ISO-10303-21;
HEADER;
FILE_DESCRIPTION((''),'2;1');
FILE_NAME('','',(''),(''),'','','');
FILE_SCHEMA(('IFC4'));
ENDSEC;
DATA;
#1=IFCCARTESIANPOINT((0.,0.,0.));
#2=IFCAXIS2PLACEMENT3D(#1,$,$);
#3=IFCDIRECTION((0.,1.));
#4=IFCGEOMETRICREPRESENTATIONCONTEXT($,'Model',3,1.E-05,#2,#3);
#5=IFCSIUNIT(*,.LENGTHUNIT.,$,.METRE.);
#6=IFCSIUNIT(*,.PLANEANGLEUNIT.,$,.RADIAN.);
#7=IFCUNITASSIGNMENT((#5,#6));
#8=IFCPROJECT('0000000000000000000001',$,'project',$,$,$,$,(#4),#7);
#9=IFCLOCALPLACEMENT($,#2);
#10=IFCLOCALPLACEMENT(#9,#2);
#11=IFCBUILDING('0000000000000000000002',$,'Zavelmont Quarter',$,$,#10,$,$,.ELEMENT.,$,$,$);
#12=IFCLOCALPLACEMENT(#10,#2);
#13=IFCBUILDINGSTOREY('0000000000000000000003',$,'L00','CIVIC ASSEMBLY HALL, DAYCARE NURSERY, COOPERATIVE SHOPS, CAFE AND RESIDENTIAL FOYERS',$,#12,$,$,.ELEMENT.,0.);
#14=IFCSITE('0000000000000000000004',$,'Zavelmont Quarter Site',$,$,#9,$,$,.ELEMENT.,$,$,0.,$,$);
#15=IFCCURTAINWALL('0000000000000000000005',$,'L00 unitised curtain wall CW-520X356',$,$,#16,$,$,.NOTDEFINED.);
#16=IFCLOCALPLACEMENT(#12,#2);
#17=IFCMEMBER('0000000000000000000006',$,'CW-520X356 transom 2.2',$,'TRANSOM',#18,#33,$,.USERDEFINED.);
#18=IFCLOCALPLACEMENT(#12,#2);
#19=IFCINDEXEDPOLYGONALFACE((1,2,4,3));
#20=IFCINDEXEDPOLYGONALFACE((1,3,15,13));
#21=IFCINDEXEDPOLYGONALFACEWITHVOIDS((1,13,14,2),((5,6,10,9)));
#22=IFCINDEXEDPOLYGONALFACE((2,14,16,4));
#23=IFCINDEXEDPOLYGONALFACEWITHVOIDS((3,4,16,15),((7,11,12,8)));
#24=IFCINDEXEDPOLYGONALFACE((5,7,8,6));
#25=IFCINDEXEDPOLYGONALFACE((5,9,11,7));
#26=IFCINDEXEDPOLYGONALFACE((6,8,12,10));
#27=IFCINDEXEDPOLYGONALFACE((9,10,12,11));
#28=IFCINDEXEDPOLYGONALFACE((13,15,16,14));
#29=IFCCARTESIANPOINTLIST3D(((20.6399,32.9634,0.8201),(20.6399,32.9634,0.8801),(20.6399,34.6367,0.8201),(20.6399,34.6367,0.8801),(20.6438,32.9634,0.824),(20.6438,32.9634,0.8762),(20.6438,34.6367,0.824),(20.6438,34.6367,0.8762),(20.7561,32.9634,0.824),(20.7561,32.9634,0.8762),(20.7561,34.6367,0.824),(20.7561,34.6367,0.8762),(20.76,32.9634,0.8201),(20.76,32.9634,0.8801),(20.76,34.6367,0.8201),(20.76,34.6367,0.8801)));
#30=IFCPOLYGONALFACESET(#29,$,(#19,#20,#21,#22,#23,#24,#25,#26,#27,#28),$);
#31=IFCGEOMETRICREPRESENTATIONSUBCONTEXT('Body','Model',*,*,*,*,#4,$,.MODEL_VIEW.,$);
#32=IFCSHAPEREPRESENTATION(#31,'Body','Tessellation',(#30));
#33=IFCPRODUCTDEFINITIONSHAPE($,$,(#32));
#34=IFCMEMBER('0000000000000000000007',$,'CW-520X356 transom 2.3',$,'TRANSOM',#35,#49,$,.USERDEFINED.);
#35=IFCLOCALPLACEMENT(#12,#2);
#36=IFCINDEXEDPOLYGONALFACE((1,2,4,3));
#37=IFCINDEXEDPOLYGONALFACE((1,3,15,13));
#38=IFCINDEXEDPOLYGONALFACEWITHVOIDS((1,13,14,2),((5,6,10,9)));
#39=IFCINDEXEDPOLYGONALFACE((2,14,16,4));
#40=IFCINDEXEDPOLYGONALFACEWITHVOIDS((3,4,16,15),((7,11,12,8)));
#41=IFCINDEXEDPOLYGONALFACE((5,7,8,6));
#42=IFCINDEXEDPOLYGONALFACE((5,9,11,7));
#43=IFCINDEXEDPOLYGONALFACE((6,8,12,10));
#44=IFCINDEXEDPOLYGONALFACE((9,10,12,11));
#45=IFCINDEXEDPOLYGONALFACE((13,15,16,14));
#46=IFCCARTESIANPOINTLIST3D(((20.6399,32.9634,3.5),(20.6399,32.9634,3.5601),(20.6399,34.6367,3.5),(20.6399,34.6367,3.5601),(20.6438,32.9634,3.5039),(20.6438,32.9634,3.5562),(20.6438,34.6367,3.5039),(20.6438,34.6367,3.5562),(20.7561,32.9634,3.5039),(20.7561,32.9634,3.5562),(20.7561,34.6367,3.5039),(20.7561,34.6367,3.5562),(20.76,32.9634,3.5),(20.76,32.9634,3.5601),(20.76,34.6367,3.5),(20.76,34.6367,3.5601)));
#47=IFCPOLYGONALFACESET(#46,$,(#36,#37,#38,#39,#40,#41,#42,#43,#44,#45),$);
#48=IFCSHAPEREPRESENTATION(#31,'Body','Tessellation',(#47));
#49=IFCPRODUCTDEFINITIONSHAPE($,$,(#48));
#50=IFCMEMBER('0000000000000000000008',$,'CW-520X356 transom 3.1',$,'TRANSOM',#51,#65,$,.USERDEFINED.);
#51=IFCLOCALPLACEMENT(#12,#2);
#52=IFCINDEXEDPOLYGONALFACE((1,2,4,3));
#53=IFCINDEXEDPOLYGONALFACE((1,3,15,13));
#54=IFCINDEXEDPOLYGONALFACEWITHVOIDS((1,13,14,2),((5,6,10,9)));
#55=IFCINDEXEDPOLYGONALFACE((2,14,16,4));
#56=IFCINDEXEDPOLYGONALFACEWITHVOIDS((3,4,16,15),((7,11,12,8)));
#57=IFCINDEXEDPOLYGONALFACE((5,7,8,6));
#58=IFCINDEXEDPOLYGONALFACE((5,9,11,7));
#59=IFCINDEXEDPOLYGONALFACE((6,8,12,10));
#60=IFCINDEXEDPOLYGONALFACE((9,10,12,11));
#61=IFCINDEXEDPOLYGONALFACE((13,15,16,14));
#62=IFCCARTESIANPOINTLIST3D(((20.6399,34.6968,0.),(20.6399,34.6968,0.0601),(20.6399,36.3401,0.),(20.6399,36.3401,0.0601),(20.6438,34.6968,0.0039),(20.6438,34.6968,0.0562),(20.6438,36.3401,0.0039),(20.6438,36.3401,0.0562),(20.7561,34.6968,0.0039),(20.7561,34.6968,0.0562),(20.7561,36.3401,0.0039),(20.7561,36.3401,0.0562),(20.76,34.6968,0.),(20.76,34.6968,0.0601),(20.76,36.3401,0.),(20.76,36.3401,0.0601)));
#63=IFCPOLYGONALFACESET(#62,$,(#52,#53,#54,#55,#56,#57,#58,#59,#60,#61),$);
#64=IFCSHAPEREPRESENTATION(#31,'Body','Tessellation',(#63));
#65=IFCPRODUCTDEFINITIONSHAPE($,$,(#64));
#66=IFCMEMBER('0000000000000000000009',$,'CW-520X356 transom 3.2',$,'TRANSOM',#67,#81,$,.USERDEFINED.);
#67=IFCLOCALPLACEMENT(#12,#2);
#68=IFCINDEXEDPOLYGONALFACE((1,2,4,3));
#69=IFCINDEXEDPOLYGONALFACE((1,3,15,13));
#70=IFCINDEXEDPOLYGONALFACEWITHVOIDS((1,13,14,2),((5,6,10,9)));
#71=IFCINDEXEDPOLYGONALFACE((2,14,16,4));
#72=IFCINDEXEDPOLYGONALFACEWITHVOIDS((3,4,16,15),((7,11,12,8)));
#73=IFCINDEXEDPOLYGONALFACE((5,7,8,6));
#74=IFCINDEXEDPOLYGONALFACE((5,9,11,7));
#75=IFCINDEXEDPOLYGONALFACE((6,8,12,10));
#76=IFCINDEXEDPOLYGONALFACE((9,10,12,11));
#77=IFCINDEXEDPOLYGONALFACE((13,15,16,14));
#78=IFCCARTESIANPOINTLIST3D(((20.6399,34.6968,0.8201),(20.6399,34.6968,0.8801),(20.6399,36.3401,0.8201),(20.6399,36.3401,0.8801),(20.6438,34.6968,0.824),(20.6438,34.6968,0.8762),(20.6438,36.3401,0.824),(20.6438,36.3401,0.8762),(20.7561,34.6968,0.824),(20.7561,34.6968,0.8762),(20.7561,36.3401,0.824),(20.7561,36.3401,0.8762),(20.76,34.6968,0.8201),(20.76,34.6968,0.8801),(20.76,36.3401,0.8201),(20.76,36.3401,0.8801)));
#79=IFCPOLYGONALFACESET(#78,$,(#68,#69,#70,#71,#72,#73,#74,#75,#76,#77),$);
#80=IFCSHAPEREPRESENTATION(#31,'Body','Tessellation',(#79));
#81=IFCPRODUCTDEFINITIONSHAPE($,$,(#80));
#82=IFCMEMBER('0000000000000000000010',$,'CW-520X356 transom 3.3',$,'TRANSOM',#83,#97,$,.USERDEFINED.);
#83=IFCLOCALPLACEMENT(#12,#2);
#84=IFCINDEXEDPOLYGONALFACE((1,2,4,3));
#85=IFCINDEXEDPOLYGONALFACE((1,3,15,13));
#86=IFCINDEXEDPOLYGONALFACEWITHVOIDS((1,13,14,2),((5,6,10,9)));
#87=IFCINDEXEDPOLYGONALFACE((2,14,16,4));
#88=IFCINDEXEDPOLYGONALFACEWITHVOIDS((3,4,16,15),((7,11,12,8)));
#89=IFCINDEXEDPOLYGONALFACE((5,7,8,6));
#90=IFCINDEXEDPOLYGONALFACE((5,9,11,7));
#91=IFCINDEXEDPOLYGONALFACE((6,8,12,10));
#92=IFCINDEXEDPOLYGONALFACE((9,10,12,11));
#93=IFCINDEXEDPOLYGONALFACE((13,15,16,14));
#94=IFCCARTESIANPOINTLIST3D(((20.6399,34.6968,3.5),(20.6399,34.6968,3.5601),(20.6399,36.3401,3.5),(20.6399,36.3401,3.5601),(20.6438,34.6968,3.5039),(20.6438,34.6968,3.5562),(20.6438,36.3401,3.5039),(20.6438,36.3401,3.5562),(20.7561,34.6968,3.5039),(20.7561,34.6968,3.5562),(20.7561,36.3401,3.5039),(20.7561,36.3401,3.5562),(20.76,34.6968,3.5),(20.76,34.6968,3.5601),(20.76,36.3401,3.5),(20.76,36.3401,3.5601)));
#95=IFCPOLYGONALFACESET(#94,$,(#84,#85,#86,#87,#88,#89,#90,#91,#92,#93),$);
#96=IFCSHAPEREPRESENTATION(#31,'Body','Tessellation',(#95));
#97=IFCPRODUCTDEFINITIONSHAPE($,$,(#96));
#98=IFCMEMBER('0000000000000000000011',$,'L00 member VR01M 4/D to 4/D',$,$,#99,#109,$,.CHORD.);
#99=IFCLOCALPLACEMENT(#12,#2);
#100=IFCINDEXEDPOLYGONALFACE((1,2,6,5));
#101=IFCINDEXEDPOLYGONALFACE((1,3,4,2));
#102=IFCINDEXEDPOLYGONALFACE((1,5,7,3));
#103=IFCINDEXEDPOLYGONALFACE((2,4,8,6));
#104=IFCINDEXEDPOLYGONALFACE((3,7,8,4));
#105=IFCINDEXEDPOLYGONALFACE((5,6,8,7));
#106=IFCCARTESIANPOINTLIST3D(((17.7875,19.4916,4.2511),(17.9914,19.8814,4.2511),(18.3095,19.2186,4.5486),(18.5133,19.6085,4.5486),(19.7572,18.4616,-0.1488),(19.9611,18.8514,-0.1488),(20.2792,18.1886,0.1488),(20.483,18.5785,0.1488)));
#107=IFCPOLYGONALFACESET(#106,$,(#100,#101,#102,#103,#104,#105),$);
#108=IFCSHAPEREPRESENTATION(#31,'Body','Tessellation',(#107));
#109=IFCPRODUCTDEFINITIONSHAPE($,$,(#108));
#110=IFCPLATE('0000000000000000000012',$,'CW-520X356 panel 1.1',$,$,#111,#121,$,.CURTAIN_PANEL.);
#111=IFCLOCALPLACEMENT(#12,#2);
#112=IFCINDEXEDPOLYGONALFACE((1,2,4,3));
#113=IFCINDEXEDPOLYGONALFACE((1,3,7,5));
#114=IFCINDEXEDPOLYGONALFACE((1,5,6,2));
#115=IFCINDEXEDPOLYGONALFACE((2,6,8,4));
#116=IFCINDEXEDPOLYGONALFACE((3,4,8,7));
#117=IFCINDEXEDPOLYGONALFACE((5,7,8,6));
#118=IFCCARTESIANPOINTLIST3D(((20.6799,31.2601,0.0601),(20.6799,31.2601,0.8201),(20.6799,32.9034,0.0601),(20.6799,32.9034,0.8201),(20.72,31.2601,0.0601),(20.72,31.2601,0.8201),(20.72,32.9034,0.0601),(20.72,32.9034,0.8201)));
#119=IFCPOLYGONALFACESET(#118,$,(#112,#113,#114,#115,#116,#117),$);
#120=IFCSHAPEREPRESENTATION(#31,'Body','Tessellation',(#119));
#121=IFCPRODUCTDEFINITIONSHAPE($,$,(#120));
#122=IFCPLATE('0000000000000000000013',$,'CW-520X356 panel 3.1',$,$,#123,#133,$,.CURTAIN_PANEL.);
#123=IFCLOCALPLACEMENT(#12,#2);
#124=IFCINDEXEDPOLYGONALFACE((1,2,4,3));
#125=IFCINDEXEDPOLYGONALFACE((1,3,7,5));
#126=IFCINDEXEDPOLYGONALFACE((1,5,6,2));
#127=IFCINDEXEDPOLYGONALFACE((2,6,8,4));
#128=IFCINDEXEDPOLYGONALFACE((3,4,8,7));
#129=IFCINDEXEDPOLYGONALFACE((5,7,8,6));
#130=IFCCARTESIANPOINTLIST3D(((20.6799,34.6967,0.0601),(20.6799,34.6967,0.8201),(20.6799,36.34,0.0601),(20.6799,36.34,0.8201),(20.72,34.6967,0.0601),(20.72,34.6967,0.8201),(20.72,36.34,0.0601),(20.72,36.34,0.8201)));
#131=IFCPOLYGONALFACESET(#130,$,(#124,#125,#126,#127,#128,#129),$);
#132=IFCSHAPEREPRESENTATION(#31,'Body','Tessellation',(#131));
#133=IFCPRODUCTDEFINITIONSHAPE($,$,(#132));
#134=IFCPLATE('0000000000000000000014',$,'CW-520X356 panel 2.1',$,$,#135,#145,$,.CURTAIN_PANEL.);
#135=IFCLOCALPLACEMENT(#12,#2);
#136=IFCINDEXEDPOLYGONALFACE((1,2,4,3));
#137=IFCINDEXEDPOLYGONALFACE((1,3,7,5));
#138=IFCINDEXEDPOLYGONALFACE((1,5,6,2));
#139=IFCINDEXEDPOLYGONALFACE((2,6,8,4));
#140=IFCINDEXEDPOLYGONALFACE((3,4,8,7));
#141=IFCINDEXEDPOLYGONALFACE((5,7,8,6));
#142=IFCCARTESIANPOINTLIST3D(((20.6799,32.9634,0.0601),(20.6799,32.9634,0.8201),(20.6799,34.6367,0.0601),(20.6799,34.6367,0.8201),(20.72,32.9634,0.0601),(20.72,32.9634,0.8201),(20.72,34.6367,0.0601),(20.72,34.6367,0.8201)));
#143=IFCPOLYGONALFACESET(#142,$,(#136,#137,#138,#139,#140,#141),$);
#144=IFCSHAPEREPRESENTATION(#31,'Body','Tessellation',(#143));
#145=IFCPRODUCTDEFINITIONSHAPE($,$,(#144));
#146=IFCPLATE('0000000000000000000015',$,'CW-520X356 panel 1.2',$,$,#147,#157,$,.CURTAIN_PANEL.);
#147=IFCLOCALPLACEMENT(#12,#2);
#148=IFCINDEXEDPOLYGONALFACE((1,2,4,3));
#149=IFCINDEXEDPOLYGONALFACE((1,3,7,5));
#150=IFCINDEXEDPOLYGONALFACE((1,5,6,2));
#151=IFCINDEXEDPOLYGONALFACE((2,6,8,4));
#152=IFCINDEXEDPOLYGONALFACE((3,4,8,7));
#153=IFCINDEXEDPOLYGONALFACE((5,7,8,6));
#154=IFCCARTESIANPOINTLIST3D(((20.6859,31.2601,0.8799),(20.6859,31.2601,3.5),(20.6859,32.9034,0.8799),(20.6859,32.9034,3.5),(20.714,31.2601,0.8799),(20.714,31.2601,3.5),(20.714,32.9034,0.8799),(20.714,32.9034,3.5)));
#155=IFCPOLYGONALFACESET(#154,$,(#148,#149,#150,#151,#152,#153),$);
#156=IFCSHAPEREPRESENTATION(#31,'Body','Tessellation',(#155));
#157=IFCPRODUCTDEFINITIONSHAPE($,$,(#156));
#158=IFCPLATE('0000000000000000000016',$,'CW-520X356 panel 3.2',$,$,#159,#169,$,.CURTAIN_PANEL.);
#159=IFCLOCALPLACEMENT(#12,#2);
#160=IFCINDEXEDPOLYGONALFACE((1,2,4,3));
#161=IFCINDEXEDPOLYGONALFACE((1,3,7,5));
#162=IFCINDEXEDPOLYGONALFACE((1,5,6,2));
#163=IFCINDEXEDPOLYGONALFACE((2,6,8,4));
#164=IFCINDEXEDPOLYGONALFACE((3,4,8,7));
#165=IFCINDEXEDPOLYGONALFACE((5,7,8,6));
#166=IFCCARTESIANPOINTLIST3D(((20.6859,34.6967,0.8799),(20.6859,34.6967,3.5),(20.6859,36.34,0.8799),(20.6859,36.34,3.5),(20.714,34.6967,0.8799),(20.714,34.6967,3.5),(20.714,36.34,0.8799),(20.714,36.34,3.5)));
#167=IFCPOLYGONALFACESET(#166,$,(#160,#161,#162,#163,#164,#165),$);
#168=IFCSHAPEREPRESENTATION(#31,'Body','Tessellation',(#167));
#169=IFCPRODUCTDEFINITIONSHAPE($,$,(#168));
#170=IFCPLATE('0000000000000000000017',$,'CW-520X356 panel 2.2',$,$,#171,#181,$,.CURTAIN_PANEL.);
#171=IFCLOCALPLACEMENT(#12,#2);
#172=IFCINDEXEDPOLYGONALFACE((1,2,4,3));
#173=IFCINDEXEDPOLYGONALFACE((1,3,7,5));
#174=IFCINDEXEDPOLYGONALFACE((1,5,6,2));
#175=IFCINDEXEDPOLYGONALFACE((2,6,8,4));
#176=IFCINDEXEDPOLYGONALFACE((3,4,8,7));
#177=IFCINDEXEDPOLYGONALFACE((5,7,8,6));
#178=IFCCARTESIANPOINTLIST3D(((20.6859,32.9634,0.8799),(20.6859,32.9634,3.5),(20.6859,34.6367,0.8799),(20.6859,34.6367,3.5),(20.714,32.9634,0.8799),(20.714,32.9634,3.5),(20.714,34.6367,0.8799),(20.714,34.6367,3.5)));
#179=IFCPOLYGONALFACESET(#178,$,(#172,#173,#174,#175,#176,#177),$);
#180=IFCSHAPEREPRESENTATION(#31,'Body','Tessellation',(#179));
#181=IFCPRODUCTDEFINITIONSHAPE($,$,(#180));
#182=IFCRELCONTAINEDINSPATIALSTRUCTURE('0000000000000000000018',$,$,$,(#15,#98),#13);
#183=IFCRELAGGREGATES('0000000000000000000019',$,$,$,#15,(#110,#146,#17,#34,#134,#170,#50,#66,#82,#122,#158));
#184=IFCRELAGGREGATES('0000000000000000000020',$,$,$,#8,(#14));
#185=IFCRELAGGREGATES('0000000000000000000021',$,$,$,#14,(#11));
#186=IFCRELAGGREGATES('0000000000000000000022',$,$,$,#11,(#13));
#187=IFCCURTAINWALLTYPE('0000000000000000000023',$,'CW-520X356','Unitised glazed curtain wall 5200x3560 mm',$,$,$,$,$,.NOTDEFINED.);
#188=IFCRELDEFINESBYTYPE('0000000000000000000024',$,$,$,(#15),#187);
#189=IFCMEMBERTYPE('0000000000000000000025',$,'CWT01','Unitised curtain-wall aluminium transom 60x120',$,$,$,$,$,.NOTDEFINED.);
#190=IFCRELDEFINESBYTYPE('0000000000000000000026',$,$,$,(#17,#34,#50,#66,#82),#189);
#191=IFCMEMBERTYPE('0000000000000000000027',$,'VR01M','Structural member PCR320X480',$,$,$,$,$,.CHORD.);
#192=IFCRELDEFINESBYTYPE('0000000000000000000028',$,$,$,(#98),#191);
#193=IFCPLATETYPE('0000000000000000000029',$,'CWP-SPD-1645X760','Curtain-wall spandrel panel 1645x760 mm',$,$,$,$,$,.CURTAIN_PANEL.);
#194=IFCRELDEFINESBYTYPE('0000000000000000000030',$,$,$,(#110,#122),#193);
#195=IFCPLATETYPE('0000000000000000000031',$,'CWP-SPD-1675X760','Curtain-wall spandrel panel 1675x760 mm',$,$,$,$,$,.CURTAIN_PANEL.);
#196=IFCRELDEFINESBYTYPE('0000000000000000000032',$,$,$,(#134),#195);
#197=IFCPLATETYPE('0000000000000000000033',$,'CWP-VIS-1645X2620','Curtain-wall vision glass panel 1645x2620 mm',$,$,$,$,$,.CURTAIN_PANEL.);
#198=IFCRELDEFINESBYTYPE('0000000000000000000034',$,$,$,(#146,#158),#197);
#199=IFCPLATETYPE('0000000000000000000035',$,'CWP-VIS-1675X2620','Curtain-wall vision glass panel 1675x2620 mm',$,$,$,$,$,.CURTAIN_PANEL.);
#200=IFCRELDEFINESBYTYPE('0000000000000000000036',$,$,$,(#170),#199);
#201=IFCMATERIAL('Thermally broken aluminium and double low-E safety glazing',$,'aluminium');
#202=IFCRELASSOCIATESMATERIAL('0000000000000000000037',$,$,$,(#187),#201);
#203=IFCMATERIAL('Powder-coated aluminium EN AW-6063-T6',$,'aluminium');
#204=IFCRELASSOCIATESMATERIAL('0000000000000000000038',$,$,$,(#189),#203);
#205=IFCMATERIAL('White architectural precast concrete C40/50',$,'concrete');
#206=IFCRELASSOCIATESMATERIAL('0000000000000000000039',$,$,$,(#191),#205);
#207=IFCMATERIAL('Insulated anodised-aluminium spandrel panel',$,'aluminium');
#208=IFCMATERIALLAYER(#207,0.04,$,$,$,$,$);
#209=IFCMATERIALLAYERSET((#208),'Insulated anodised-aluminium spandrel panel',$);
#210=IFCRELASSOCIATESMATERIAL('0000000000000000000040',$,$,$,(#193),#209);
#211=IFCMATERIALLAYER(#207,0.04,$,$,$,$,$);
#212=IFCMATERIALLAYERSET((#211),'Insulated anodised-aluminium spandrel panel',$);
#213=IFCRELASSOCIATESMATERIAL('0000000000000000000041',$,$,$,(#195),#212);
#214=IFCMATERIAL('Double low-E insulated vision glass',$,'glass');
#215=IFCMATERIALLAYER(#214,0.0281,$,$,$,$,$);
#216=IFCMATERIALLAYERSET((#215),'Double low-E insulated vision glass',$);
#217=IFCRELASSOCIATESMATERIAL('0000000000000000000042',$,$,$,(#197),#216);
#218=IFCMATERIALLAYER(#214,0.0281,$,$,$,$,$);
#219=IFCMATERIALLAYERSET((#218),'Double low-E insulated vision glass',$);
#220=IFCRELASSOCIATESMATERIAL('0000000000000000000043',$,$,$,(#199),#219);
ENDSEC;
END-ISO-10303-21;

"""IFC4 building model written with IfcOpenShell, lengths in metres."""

from ifc_helpers import new_model, si_unit, direction, frame, origin, origin_2d, place, context, subcontext, project, spatial, rectangle, hollow_rectangle, extrude, material, layer, layer_set, material_profile, profile_set, type_object, element, aggregate, save


model = new_model("IFC4")

# Units and contexts
model_context = context("Model", 3, precision=1e-05, world=origin(), true_north=direction((0.0, 1.0)))
body_context = subcontext(model_context, "Body", "Model", "MODEL_VIEW")
ifc_project = project(units=[si_unit("LENGTHUNIT", "METRE"), si_unit("PLANEANGLEUNIT", "RADIAN")], contexts=[model_context])

# Site, building, storey
site_placement = place(None, origin())
site = spatial("IfcSite", under=ifc_project, at=site_placement, Name="Zavelmont Quarter Site", CompositionType="ELEMENT", RefElevation=0.0)
building_placement = place(site_placement, origin())
building = spatial("IfcBuilding", under=site, at=building_placement, Name="Zavelmont Quarter", CompositionType="ELEMENT")
storey_placement = place(building_placement, origin())
storey = spatial("IfcBuildingStorey", under=building, at=storey_placement, Name="L00", Description="CIVIC ASSEMBLY HALL, DAYCARE NURSERY, COOPERATIVE SHOPS, CAFE AND RESIDENTIAL FOYERS", CompositionType="ELEMENT", Elevation=0.0)

# Curtain wall, members
ifc_material_1 = material(Name="Thermally broken aluminium and double low-E safety glazing", Category="aluminium")
curtain_wall_type = type_object("IfcCurtainWallType", Name="CW-520X356", Description="Unitised glazed curtain wall 5200x3560 mm", PredefinedType="NOTDEFINED", material=ifc_material_1)
curtain_wall_placement = place(storey_placement, origin())
curtain_wall = element("IfcCurtainWall", 1, at=curtain_wall_placement, inside=storey, type_object=curtain_wall_type, Name="L00 unitised curtain wall CW-520X356", PredefinedType="NOTDEFINED")
ifc_material_2 = material(Name="Powder-coated aluminium EN AW-6063-T6", Category="aluminium")
ifc_material_profile_1 = material_profile(ifc_material_2, hollow_rectangle(XDim=0.1201, YDim=0.0601, WallThickness=0.0039, at=origin_2d()), Name="CWT60X120")
ifc_profile_set_1 = profile_set([ifc_material_profile_1], Name="Powder-coated aluminium EN AW-6063-T6")
member_type_1 = type_object("IfcMemberType", Name="CWT01", Description="Unitised curtain-wall aluminium transom 60x120", PredefinedType="NOTDEFINED", material=ifc_profile_set_1)
member_1_placement = place(storey_placement, frame((20.7, 32.9634, 0.8501), z_axis=(0.0, 1.0, 0.0), x_axis=(-1.0, 0.0, 0.0)))
member_1 = element("IfcMember", 2, at=member_1_placement, type_object=member_type_1, Name="CW-520X356 transom 2.2", ObjectType="TRANSOM", PredefinedType="USERDEFINED", context=body_context, shape_type="SweptSolid", body=[
    extrude(hollow_rectangle(XDim=0.1201, YDim=0.0601, WallThickness=0.0039, at=origin_2d()), origin(), (0.0, 0.0, 1.0), 1.6733),
])
member_2_placement = place(storey_placement, frame((20.7, 32.9634, 3.53), z_axis=(0.0, 1.0, 0.0), x_axis=(-1.0, 0.0, 0.0)))
member_2 = element("IfcMember", 3, at=member_2_placement, type_object=member_type_1, Name="CW-520X356 transom 2.3", ObjectType="TRANSOM", PredefinedType="USERDEFINED", context=body_context, shape_type="SweptSolid", body=[
    extrude(hollow_rectangle(XDim=0.1201, YDim=0.0601, WallThickness=0.0039, at=origin_2d()), origin(), (0.0, 0.0, 1.0), 1.6733),
])
member_3_placement = place(storey_placement, frame((20.7, 34.6968, 0.03), z_axis=(0.0, 1.0, 0.0), x_axis=(-1.0, 0.0, 0.0)))
member_3 = element("IfcMember", 4, at=member_3_placement, type_object=member_type_1, Name="CW-520X356 transom 3.1", ObjectType="TRANSOM", PredefinedType="USERDEFINED", context=body_context, shape_type="SweptSolid", body=[
    extrude(hollow_rectangle(XDim=0.1201, YDim=0.0601, WallThickness=0.0039, at=origin_2d()), origin(), (0.0, 0.0, 1.0), 1.6433),
])
member_4_placement = place(storey_placement, frame((20.7, 34.6968, 0.8501), z_axis=(0.0, 1.0, 0.0), x_axis=(-1.0, 0.0, 0.0)))
member_4 = element("IfcMember", 5, at=member_4_placement, type_object=member_type_1, Name="CW-520X356 transom 3.2", ObjectType="TRANSOM", PredefinedType="USERDEFINED", context=body_context, shape_type="SweptSolid", body=[
    extrude(hollow_rectangle(XDim=0.1201, YDim=0.0601, WallThickness=0.0039, at=origin_2d()), origin(), (0.0, 0.0, 1.0), 1.6433),
])
member_5_placement = place(storey_placement, frame((20.7, 34.6968, 3.53), z_axis=(0.0, 1.0, 0.0), x_axis=(-1.0, 0.0, 0.0)))
member_5 = element("IfcMember", 6, at=member_5_placement, type_object=member_type_1, Name="CW-520X356 transom 3.3", ObjectType="TRANSOM", PredefinedType="USERDEFINED", context=body_context, shape_type="SweptSolid", body=[
    extrude(hollow_rectangle(XDim=0.1201, YDim=0.0601, WallThickness=0.0039, at=origin_2d()), origin(), (0.0, 0.0, 1.0), 1.6433),
])

# Member
ifc_material_3 = material(Name="White architectural precast concrete C40/50", Category="concrete")
ifc_material_profile_2 = material_profile(ifc_material_3, rectangle(XDim=0.4399, YDim=0.6599, at=origin_2d()), Name="PCR320X480")
ifc_profile_set_2 = profile_set([ifc_material_profile_2], Name="White architectural precast concrete C40/50")
member_type_2 = type_object("IfcMemberType", Name="VR01M", Description="Structural member PCR320X480", PredefinedType="CHORD", material=ifc_profile_set_2)
member_6_placement = place(storey_placement, frame((20.1201, 18.52, 0.0), z_axis=(-0.39958, 0.208952, 0.892566), x_axis=(-0.463395, -0.886152, 0.0)))
element("IfcMember", 7, at=member_6_placement, inside=storey, type_object=member_type_2, Name="L00 member VR01M 4/D to 4/D", PredefinedType="CHORD", context=body_context, shape_type="SweptSolid", body=[
    extrude(rectangle(XDim=0.4399, YDim=0.6599, at=origin_2d()), origin(), (0.0, 0.0, 1.0), 4.9294),
])

# Plates
ifc_material_4 = material(Name="Insulated anodised-aluminium spandrel panel", Category="aluminium")
ifc_layer_1 = layer(ifc_material_4, 0.04)
ifc_layer_set_1 = layer_set([ifc_layer_1], Name="Insulated anodised-aluminium spandrel panel")
plate_type_1 = type_object("IfcPlateType", Name="CWP-SPD-1645X760", Description="Curtain-wall spandrel panel 1645x760 mm", PredefinedType="CURTAIN_PANEL", material=ifc_layer_set_1)
plate_1_placement = place(storey_placement, frame((20.7, 32.0818, 0.0601), z_axis=(0.0, 0.0, 1.0), x_axis=(0.0, 1.0, 0.0)))
plate_1 = element("IfcPlate", 8, at=plate_1_placement, type_object=plate_type_1, Name="CW-520X356 panel 1.1", PredefinedType="CURTAIN_PANEL", context=body_context, shape_type="SweptSolid", body=[
    extrude(rectangle(XDim=1.6433, YDim=0.04, at=origin_2d()), origin(), (0.0, 0.0, 1.0), 0.76),
])
plate_2_placement = place(storey_placement, frame((20.7, 35.5183, 0.0601), z_axis=(0.0, 0.0, 1.0), x_axis=(0.0, 1.0, 0.0)))
plate_2 = element("IfcPlate", 9, at=plate_2_placement, type_object=plate_type_1, Name="CW-520X356 panel 3.1", PredefinedType="CURTAIN_PANEL", context=body_context, shape_type="SweptSolid", body=[
    extrude(rectangle(XDim=1.6433, YDim=0.04, at=origin_2d()), origin(), (0.0, 0.0, 1.0), 0.76),
])
ifc_layer_2 = layer(ifc_material_4, 0.04)
ifc_layer_set_2 = layer_set([ifc_layer_2], Name="Insulated anodised-aluminium spandrel panel")
plate_type_2 = type_object("IfcPlateType", Name="CWP-SPD-1675X760", Description="Curtain-wall spandrel panel 1675x760 mm", PredefinedType="CURTAIN_PANEL", material=ifc_layer_set_2)
plate_3_placement = place(storey_placement, frame((20.7, 33.8, 0.0601), z_axis=(0.0, 0.0, 1.0), x_axis=(0.0, 1.0, 0.0)))
plate_3 = element("IfcPlate", 10, at=plate_3_placement, type_object=plate_type_2, Name="CW-520X356 panel 2.1", PredefinedType="CURTAIN_PANEL", context=body_context, shape_type="SweptSolid", body=[
    extrude(rectangle(XDim=1.6733, YDim=0.04, at=origin_2d()), origin(), (0.0, 0.0, 1.0), 0.76),
])
ifc_material_5 = material(Name="Double low-E insulated vision glass", Category="glass")
ifc_layer_3 = layer(ifc_material_5, 0.0281)
ifc_layer_set_3 = layer_set([ifc_layer_3], Name="Double low-E insulated vision glass")
plate_type_3 = type_object("IfcPlateType", Name="CWP-VIS-1645X2620", Description="Curtain-wall vision glass panel 1645x2620 mm", PredefinedType="CURTAIN_PANEL", material=ifc_layer_set_3)
plate_4_placement = place(storey_placement, frame((20.7, 32.0818, 0.8799), z_axis=(0.0, 0.0, 1.0), x_axis=(0.0, 1.0, 0.0)))
plate_4 = element("IfcPlate", 11, at=plate_4_placement, type_object=plate_type_3, Name="CW-520X356 panel 1.2", PredefinedType="CURTAIN_PANEL", context=body_context, shape_type="SweptSolid", body=[
    extrude(rectangle(XDim=1.6433, YDim=0.0281, at=origin_2d()), origin(), (0.0, 0.0, 1.0), 2.6201),
])
plate_5_placement = place(storey_placement, frame((20.7, 35.5183, 0.8799), z_axis=(0.0, 0.0, 1.0), x_axis=(0.0, 1.0, 0.0)))
plate_5 = element("IfcPlate", 12, at=plate_5_placement, type_object=plate_type_3, Name="CW-520X356 panel 3.2", PredefinedType="CURTAIN_PANEL", context=body_context, shape_type="SweptSolid", body=[
    extrude(rectangle(XDim=1.6433, YDim=0.0281, at=origin_2d()), origin(), (0.0, 0.0, 1.0), 2.6201),
])
ifc_layer_4 = layer(ifc_material_5, 0.0281)
ifc_layer_set_4 = layer_set([ifc_layer_4], Name="Double low-E insulated vision glass")
plate_type_4 = type_object("IfcPlateType", Name="CWP-VIS-1675X2620", Description="Curtain-wall vision glass panel 1675x2620 mm", PredefinedType="CURTAIN_PANEL", material=ifc_layer_set_4)
plate_6_placement = place(storey_placement, frame((20.7, 33.8, 0.8799), z_axis=(0.0, 0.0, 1.0), x_axis=(0.0, 1.0, 0.0)))
plate_6 = element("IfcPlate", 13, at=plate_6_placement, type_object=plate_type_4, Name="CW-520X356 panel 2.2", PredefinedType="CURTAIN_PANEL", context=body_context, shape_type="SweptSolid", body=[
    extrude(rectangle(XDim=1.6733, YDim=0.0281, at=origin_2d()), origin(), (0.0, 0.0, 1.0), 2.6201),
])
aggregate(curtain_wall, [plate_1, plate_4, member_1, member_2, plate_3, plate_6, member_3, member_4, member_5, plate_2, plate_5])

save(model, "model.ifc")
